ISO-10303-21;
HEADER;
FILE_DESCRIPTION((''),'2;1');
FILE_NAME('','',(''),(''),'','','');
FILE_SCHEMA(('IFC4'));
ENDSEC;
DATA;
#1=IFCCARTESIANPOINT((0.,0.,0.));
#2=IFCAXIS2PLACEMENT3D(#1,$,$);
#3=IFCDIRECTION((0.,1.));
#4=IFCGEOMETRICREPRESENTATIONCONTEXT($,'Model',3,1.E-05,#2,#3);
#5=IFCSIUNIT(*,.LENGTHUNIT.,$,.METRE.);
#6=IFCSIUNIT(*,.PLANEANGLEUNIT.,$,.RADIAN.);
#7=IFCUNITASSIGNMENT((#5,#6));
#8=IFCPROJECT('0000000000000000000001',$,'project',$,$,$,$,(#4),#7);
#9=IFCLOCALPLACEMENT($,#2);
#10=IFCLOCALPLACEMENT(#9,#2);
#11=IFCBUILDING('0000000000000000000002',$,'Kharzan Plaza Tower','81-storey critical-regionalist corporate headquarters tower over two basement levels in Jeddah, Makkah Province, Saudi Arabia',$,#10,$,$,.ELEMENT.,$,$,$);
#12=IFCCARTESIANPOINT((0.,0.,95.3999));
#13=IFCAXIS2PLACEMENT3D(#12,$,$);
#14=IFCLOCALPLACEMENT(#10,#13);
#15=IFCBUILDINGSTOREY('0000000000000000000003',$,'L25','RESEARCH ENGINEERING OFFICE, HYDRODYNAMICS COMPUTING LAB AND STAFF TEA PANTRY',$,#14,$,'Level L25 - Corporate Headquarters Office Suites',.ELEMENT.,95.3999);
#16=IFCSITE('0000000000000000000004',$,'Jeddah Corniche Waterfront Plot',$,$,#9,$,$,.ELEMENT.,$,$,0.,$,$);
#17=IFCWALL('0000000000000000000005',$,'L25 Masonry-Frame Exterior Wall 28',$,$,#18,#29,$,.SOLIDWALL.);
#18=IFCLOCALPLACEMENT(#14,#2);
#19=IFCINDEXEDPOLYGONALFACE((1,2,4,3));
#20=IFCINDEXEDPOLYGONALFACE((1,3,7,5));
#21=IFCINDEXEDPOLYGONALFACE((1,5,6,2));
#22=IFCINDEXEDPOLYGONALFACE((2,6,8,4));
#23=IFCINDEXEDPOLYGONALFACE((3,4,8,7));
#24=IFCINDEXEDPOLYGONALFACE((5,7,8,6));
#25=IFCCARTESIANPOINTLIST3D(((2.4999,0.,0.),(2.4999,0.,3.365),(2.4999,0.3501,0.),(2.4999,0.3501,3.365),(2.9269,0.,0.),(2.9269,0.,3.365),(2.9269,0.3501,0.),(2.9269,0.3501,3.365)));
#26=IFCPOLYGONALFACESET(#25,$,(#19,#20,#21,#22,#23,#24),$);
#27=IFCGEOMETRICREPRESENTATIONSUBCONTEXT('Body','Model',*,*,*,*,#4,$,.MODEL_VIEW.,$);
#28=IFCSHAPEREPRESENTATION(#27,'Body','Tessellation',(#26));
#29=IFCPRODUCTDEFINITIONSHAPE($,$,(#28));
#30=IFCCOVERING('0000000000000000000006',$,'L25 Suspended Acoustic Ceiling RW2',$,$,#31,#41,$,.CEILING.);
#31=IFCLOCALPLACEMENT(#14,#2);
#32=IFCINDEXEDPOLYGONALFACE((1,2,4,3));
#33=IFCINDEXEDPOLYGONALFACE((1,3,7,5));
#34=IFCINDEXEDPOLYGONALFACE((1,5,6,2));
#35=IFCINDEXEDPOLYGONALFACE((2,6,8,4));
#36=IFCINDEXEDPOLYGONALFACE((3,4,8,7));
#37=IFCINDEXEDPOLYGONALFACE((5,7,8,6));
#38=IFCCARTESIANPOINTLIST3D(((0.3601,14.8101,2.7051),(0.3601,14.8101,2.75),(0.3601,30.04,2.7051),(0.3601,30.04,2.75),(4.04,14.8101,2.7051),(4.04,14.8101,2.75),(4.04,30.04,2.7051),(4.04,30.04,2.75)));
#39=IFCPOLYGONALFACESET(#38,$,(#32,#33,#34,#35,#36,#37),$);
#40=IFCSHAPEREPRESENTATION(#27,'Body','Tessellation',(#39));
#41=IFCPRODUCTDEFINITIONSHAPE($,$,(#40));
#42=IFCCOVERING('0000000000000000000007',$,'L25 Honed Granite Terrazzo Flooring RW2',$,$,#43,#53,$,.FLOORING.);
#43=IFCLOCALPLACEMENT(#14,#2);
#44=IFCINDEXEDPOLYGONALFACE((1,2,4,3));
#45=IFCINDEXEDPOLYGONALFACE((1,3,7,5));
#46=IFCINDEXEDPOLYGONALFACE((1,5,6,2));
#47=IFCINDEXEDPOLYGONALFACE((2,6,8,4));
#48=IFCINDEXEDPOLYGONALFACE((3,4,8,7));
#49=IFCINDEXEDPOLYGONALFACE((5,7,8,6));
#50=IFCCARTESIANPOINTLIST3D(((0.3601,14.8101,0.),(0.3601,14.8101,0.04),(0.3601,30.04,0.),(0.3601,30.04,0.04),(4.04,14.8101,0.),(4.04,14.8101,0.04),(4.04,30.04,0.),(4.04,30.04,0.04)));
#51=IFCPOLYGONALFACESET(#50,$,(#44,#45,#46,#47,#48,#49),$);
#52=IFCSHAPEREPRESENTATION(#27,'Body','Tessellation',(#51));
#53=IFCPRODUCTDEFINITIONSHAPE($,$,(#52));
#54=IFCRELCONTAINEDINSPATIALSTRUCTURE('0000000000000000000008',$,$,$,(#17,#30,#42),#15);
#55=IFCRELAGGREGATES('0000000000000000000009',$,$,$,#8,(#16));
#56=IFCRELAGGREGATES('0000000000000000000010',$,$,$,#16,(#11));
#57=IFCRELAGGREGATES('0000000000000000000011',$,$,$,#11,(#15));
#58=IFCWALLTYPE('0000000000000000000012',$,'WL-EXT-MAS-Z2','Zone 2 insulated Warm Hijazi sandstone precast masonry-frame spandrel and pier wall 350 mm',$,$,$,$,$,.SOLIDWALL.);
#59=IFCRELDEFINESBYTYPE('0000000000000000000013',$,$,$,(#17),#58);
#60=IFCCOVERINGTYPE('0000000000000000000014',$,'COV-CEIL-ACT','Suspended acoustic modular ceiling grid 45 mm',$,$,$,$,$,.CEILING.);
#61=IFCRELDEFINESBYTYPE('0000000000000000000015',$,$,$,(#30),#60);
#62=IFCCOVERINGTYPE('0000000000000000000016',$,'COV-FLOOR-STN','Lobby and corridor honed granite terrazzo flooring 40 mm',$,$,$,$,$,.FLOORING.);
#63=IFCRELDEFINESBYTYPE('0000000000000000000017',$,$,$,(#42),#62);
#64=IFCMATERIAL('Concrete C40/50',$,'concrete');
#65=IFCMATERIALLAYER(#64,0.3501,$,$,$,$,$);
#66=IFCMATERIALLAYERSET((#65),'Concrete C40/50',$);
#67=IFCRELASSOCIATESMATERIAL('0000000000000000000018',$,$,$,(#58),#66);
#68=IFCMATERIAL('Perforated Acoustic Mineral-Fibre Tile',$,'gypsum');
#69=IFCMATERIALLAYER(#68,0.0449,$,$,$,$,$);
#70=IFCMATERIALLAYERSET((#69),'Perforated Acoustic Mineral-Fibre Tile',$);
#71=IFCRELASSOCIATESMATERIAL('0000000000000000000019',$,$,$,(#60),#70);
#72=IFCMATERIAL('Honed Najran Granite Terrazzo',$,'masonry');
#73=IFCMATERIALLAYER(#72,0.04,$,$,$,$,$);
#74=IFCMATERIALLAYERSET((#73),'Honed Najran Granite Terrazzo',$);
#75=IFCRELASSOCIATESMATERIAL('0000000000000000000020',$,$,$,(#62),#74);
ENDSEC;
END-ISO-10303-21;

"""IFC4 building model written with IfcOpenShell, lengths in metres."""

from ifc_helpers import new_model, si_unit, direction, frame, frame_2d, origin, place, context, subcontext, project, spatial, polyline, rectangle, outline, extrude, source, transform, mapped, material, layer, layer_set, type_object, element, save


model = new_model("IFC4")

# Units and contexts
model_context = context("Model", 3, precision=1e-05, world=origin(), true_north=direction((0.0, 1.0)))
body_context = subcontext(model_context, "Body", "Model", "MODEL_VIEW")
ifc_project = project(units=[si_unit("LENGTHUNIT", "METRE"), si_unit("PLANEANGLEUNIT", "RADIAN")], contexts=[model_context])

# Site, building, storey
site_placement = place(None, origin())
site = spatial("IfcSite", under=ifc_project, at=site_placement, Name="Jeddah Corniche Waterfront Plot", CompositionType="ELEMENT", RefElevation=0.0)
building_placement = place(site_placement, origin())
building = spatial("IfcBuilding", under=site, at=building_placement, Name="Kharzan Plaza Tower", Description="81-storey critical-regionalist corporate headquarters tower over two basement levels in Jeddah, Makkah Province, Saudi Arabia", CompositionType="ELEMENT")
storey_placement = place(building_placement, frame((0.0, 0.0, 95.3999)))
storey = spatial("IfcBuildingStorey", under=building, at=storey_placement, Name="L25", Description="RESEARCH ENGINEERING OFFICE, HYDRODYNAMICS COMPUTING LAB AND STAFF TEA PANTRY", LongName="Level L25 - Corporate Headquarters Office Suites", CompositionType="ELEMENT", Elevation=95.3999)

# Shared definitions
ifc_material_1 = material(Name="Concrete C40/50", Category="concrete")

# Shared definitions
ifc_layer_1 = layer(ifc_material_1, 0.3501)
ifc_layer_set_1 = layer_set([ifc_layer_1], Name="Concrete C40/50")
wall_type_1 = type_object("IfcWallType", Name="WL-EXT-MAS-Z2", Description="Zone 2 insulated Warm Hijazi sandstone precast masonry-frame spandrel and pier wall 350 mm", PredefinedType="SOLIDWALL", material=ifc_layer_set_1)

# Wall
shared_shape_1 = source(origin(), body_context, "Body", "SweptSolid", [
    extrude(rectangle(XDim=0.427, YDim=0.3501, at=frame_2d((0.2134, 0.0))), origin(), (0.0, 0.0, 1.0), 3.365),
])
wall_1_placement = place(storey_placement, frame((2.5, 0.175, 0.0), z_axis=(0.0, 0.0, 1.0), x_axis=(1.0, 0.0, 0.0)))
element("IfcWall", 1, at=wall_1_placement, inside=storey, type_object=wall_type_1, Name="L25 Masonry-Frame Exterior Wall 28", PredefinedType="SOLIDWALL", context=body_context, shape_type="MappedRepresentation", body=[
    mapped(shared_shape_1, transform((0.0, 0.0, 0.0), x_axis=(1.0, 0.0, 0.0), y_axis=(0.0, 1.0, 0.0), z_axis=(0.0, 0.0, 1.0))),
])

# Coverings
ifc_material_2 = material(Name="Perforated Acoustic Mineral-Fibre Tile", Category="gypsum")
ifc_layer_2 = layer(ifc_material_2, 0.0449)
ifc_layer_set_2 = layer_set([ifc_layer_2], Name="Perforated Acoustic Mineral-Fibre Tile")
covering_type_1 = type_object("IfcCoveringType", Name="COV-CEIL-ACT", Description="Suspended acoustic modular ceiling grid 45 mm", PredefinedType="CEILING", material=ifc_layer_set_2)
covering_1_placement = place(storey_placement, frame((0.0, 0.0, 2.7051)))
element("IfcCovering", 2, at=covering_1_placement, inside=storey, type_object=covering_type_1, Name="L25 Suspended Acoustic Ceiling RW2", PredefinedType="CEILING", context=body_context, shape_type="SweptSolid", body=[
    extrude(outline(polyline([(0.3601, 14.8101), (4.04, 14.8101), (4.04, 30.04), (0.3601, 30.04), (0.3601, 14.8101)])), origin(), (0.0, 0.0, 1.0), 0.0449),
])
ifc_material_3 = material(Name="Honed Najran Granite Terrazzo", Category="masonry")
ifc_layer_3 = layer(ifc_material_3, 0.04)
ifc_layer_set_3 = layer_set([ifc_layer_3], Name="Honed Najran Granite Terrazzo")
covering_type_2 = type_object("IfcCoveringType", Name="COV-FLOOR-STN", Description="Lobby and corridor honed granite terrazzo flooring 40 mm", PredefinedType="FLOORING", material=ifc_layer_set_3)
covering_2_placement = place(storey_placement, origin())
element("IfcCovering", 3, at=covering_2_placement, inside=storey, type_object=covering_type_2, Name="L25 Honed Granite Terrazzo Flooring RW2", PredefinedType="FLOORING", context=body_context, shape_type="SweptSolid", body=[
    extrude(outline(polyline([(0.3601, 14.8101), (4.04, 14.8101), (4.04, 30.04), (0.3601, 30.04), (0.3601, 14.8101)])), origin(), (0.0, 0.0, 1.0), 0.04),
])

save(model, "model.ifc")
